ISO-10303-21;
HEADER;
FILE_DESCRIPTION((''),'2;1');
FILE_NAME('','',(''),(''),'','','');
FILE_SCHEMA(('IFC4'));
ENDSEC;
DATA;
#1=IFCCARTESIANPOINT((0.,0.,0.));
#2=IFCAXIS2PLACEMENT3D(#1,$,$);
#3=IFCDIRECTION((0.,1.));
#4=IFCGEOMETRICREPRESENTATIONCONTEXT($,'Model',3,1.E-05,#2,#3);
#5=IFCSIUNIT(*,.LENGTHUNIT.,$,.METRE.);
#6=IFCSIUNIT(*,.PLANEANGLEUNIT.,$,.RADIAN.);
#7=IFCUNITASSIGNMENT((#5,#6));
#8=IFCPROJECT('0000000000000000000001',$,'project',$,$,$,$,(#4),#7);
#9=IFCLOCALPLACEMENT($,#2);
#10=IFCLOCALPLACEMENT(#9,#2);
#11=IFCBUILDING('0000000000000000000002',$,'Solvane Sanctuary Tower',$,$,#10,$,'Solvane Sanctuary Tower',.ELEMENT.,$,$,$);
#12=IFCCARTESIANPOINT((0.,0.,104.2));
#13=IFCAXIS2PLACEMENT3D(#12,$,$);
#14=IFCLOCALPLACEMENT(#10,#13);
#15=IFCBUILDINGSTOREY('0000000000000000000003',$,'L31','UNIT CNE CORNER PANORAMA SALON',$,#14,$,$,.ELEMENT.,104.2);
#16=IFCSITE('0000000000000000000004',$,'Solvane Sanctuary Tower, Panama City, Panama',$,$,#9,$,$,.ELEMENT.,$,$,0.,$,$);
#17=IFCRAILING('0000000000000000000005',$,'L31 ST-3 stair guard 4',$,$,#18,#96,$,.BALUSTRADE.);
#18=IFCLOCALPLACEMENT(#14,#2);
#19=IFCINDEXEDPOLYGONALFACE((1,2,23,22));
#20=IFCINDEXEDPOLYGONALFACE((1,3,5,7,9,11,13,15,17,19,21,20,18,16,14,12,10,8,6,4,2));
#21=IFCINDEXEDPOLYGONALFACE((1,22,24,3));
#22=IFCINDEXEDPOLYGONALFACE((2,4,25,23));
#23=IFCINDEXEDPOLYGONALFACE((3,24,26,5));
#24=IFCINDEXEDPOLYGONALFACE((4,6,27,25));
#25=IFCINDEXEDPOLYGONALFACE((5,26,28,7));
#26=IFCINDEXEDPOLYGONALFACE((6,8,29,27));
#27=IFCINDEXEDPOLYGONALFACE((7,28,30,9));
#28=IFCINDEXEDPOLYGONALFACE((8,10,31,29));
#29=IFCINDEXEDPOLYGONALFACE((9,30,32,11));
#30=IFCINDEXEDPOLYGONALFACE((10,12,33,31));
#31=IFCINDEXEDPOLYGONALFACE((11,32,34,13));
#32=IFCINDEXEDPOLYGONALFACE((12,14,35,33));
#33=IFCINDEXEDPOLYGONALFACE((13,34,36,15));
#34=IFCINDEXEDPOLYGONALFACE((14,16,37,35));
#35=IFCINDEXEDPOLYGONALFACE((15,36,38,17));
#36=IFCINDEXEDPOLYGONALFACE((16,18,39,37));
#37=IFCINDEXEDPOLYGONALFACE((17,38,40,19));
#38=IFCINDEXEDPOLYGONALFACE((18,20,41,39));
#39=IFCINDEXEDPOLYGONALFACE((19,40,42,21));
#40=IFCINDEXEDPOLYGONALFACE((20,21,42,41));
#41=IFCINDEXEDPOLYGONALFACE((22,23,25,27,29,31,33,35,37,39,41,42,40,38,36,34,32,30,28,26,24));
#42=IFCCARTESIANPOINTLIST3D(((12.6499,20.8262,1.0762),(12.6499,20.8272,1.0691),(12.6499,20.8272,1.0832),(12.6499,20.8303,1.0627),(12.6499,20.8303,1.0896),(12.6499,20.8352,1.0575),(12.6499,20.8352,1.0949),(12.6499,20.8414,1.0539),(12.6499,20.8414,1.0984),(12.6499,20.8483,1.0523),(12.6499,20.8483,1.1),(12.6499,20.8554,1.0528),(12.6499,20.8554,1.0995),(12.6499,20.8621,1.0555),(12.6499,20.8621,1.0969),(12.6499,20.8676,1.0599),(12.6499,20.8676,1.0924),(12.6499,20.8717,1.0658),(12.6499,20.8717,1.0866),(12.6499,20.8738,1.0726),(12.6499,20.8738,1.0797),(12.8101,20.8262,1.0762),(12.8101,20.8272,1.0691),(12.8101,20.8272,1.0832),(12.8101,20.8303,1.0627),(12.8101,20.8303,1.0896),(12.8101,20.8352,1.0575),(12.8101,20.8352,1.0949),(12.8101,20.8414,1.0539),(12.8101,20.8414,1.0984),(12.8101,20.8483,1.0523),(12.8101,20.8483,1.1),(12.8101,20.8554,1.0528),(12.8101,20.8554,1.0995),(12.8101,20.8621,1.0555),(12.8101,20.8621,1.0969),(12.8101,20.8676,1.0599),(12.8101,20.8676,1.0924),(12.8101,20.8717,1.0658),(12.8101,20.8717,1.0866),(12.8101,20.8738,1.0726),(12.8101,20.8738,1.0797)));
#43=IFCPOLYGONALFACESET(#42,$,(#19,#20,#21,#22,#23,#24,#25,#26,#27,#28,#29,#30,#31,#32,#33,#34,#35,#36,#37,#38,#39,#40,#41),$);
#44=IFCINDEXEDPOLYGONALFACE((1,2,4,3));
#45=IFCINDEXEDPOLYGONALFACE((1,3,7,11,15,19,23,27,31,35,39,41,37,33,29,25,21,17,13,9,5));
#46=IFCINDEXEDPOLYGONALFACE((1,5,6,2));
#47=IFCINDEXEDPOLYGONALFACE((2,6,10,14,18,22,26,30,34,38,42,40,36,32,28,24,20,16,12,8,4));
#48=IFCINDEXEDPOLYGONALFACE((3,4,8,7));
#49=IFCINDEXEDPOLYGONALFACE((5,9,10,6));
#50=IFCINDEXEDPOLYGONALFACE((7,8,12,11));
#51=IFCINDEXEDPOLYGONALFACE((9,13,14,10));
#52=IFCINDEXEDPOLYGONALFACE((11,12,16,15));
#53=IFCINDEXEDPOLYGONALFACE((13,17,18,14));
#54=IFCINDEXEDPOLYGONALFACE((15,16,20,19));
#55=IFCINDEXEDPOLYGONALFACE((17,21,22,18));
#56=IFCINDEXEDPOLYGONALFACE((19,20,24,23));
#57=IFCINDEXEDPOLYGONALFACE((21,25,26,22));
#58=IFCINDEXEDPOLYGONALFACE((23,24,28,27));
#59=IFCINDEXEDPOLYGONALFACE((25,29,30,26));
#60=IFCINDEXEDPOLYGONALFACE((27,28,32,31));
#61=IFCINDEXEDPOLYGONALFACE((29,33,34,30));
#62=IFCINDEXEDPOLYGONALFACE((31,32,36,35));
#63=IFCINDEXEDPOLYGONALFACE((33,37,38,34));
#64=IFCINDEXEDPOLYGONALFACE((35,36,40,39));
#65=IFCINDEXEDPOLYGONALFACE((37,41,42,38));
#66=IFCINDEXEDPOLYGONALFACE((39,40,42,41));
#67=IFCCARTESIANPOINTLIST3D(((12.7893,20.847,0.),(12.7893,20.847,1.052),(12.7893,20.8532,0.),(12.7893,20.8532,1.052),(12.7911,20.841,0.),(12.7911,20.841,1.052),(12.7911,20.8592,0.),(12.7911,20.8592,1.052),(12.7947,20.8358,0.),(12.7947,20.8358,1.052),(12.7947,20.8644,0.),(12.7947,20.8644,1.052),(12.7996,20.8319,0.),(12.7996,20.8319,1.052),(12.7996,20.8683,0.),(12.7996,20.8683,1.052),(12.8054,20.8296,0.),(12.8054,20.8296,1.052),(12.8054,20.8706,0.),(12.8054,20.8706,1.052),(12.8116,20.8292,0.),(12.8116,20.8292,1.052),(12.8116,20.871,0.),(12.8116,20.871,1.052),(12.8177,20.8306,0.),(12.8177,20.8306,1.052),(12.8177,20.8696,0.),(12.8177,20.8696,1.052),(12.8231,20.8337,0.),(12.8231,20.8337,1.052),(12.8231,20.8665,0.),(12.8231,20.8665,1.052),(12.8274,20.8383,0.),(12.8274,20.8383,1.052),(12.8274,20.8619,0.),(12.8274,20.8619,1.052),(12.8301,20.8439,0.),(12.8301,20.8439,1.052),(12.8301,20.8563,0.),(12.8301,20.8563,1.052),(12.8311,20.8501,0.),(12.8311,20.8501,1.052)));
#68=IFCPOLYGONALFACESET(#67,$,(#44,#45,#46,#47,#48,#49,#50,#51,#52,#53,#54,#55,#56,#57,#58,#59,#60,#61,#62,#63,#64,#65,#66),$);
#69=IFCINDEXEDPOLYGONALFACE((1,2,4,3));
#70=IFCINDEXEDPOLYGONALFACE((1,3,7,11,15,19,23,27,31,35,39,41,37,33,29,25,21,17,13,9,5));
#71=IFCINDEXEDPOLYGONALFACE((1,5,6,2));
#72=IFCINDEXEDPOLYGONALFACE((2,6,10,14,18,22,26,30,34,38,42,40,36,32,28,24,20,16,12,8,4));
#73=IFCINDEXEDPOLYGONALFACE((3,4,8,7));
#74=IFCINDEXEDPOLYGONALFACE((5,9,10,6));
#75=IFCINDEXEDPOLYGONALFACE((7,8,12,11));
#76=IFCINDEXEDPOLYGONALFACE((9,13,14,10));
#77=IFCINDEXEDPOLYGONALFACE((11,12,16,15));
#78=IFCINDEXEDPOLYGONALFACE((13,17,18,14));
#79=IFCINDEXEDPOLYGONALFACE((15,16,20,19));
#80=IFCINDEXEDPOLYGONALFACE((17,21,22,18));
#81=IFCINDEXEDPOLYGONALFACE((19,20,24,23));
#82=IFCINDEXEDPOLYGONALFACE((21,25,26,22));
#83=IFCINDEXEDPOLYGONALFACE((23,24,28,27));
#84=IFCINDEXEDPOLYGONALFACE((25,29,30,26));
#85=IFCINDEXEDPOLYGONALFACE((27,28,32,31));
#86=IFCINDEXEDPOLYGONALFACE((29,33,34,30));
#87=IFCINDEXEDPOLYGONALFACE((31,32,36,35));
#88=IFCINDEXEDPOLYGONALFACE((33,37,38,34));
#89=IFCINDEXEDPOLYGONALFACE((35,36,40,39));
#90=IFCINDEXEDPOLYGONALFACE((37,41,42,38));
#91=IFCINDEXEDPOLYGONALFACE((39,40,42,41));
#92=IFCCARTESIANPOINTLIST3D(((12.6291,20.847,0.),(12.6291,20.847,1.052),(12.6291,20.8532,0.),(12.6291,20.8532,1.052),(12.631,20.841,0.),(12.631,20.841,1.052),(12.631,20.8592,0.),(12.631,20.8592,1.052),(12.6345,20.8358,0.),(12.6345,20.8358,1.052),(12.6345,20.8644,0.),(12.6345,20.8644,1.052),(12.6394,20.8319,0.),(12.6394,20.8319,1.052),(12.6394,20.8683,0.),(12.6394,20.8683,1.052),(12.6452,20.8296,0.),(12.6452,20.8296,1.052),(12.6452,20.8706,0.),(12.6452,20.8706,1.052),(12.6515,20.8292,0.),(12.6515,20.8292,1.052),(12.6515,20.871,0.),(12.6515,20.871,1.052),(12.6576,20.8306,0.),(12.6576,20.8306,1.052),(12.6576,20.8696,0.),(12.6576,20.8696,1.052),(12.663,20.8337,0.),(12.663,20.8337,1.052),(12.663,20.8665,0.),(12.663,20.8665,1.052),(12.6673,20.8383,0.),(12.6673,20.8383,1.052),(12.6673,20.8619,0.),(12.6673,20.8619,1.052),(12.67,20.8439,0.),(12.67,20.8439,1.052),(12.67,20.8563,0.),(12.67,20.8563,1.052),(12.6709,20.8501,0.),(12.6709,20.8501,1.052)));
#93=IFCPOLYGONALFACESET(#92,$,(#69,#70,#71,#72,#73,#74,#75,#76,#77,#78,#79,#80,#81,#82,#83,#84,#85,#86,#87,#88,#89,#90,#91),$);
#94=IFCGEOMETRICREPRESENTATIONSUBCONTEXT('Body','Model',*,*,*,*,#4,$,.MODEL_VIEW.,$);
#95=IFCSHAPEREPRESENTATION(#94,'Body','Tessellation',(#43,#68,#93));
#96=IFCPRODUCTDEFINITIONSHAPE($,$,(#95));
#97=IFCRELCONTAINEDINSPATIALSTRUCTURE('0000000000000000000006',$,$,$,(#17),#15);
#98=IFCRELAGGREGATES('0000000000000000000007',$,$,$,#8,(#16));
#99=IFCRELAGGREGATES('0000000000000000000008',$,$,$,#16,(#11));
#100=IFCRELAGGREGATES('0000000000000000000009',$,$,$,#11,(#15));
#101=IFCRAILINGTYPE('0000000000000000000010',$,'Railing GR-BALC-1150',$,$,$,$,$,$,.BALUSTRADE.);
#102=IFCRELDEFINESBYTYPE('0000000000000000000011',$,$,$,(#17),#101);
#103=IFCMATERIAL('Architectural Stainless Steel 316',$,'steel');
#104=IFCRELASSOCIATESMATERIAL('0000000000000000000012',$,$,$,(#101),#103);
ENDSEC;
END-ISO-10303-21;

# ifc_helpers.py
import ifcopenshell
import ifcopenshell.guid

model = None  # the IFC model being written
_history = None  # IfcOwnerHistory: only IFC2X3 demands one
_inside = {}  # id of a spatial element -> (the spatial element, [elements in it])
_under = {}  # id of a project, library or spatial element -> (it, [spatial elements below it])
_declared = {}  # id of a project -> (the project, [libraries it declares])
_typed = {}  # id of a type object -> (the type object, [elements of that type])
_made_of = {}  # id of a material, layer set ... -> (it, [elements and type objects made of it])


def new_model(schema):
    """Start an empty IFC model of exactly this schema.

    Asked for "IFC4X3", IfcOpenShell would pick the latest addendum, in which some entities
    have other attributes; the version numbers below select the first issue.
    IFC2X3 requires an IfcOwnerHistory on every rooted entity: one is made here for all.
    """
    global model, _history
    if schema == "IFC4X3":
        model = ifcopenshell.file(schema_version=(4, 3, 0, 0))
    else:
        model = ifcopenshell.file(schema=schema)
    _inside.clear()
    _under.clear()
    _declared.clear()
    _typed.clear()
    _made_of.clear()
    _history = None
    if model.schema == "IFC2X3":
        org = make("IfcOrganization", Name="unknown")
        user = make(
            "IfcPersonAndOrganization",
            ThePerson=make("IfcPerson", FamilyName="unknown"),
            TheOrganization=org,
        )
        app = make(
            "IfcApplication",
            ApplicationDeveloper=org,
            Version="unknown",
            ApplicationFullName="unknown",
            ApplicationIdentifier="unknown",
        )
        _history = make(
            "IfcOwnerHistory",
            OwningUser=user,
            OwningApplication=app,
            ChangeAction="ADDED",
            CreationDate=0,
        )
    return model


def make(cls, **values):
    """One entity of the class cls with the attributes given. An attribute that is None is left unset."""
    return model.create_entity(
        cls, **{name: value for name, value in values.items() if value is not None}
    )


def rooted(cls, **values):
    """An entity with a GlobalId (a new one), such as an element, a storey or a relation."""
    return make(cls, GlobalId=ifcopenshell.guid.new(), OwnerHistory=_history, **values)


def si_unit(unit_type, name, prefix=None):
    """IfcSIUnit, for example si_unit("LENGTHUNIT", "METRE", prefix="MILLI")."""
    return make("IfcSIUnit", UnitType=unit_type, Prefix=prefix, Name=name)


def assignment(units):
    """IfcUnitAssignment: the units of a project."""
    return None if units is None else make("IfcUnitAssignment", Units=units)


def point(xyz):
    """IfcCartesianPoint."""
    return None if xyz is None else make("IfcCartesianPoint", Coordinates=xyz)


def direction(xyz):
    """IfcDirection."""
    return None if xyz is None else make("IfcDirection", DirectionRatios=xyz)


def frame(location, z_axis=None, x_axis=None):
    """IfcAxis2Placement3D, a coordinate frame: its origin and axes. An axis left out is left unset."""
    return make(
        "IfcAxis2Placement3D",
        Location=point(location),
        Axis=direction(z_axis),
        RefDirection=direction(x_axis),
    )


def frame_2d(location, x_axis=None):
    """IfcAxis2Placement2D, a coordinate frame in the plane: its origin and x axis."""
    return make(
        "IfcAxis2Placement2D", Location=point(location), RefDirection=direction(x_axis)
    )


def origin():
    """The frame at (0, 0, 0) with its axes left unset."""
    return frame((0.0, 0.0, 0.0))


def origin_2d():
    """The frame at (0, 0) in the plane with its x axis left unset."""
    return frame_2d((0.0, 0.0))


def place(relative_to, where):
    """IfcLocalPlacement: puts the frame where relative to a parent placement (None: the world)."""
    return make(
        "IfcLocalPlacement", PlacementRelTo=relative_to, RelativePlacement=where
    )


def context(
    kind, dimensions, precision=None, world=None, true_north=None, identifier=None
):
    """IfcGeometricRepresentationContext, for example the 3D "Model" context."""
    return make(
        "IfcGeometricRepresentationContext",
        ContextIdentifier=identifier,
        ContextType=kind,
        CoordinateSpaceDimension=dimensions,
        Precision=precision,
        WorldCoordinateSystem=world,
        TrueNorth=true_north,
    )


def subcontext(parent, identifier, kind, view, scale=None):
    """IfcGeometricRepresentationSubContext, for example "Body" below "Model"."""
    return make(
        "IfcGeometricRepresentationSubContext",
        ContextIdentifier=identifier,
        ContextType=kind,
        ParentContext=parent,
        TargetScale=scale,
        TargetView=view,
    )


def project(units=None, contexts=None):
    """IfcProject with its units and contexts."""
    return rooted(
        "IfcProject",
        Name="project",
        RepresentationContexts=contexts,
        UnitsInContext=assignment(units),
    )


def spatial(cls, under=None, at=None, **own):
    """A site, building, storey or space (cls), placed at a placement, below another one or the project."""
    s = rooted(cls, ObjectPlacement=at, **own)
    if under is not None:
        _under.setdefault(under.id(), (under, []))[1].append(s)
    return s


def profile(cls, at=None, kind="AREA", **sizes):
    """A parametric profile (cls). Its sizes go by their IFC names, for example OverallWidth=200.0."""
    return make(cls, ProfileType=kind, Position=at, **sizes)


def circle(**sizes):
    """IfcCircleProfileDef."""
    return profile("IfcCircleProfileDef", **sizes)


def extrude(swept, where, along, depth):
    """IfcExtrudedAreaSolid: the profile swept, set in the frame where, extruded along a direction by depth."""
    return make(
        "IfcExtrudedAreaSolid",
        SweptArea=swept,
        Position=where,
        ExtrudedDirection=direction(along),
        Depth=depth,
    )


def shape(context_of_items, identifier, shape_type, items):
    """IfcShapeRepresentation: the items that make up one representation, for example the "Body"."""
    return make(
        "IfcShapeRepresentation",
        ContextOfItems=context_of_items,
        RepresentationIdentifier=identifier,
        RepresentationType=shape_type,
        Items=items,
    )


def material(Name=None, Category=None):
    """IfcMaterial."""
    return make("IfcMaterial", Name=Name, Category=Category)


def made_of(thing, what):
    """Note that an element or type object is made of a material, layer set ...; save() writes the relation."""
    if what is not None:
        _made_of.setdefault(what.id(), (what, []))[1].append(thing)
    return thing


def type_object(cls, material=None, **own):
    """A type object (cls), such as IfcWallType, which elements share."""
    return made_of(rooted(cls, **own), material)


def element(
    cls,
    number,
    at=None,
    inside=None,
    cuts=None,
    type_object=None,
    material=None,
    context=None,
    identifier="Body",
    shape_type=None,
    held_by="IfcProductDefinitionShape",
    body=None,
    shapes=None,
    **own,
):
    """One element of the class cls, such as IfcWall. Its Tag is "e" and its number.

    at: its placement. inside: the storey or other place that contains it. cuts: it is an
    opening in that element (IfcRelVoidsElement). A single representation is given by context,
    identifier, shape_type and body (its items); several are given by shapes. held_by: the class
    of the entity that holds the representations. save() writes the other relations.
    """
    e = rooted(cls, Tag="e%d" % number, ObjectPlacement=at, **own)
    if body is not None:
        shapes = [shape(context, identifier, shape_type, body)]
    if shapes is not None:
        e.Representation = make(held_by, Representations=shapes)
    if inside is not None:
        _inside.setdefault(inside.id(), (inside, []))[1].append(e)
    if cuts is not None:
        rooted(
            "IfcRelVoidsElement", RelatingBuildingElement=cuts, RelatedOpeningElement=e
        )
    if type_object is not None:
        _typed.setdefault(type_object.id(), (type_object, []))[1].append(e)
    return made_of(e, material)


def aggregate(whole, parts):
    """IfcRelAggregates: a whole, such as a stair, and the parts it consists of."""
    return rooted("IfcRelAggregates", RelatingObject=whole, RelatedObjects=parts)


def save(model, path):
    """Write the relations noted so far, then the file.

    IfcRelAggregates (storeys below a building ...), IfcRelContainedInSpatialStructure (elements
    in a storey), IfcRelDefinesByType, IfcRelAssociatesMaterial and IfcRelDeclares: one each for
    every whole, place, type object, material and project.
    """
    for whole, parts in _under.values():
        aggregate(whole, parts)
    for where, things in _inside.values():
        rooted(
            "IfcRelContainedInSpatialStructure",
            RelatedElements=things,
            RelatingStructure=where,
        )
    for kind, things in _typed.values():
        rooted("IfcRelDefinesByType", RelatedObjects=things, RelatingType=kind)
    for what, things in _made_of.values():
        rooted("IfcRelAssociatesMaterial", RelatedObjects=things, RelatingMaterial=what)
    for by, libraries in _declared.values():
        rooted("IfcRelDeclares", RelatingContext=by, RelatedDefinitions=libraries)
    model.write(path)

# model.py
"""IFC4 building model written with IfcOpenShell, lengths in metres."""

from ifc_helpers import new_model, si_unit, direction, frame, origin, origin_2d, place, context, subcontext, project, spatial, circle, extrude, material, type_object, element, save


model = new_model("IFC4")

# Units and contexts
model_context = context("Model", 3, precision=1e-05, world=origin(), true_north=direction((0.0, 1.0)))
body_context = subcontext(model_context, "Body", "Model", "MODEL_VIEW")
ifc_project = project(units=[si_unit("LENGTHUNIT", "METRE"), si_unit("PLANEANGLEUNIT", "RADIAN")], contexts=[model_context])

# Site, building, storey
site_placement = place(None, origin())
site = spatial("IfcSite", under=ifc_project, at=site_placement, Name="Solvane Sanctuary Tower, Panama City, Panama", CompositionType="ELEMENT", RefElevation=0.0)
building_placement = place(site_placement, origin())
building = spatial("IfcBuilding", under=site, at=building_placement, Name="Solvane Sanctuary Tower", LongName="Solvane Sanctuary Tower", CompositionType="ELEMENT")
storey_placement = place(building_placement, frame((0.0, 0.0, 104.2)))
storey = spatial("IfcBuildingStorey", under=building, at=storey_placement, Name="L31", Description="UNIT CNE CORNER PANORAMA SALON", CompositionType="ELEMENT", Elevation=104.2)

# Railing
ifc_material_1 = material(Name="Architectural Stainless Steel 316", Category="steel")
railing_type_1 = type_object("IfcRailingType", Name="Railing GR-BALC-1150", PredefinedType="BALUSTRADE", material=ifc_material_1)
railing_1_placement = place(storey_placement, frame((12.8101, 20.8501, 0.0)))
element("IfcRailing", 1, at=railing_1_placement, inside=storey, type_object=railing_type_1, Name="L31 ST-3 stair guard 4", PredefinedType="BALUSTRADE", context=body_context, shape_type="SweptSolid", body=[
    extrude(circle(Radius=0.0239, at=origin_2d()), frame((0.0, 0.0, 1.0762), z_axis=(-1.0, 0.0, 0.0), x_axis=(0.0, -1.0, 0.0)), (0.0, 0.0, 1.0), 0.1602),
    extrude(circle(Radius=0.021, at=origin_2d()), origin(), (0.0, 0.0, 1.0), 1.052),
    extrude(circle(Radius=0.021, at=origin_2d()), frame((-0.1602, 0.0, 0.0)), (0.0, 0.0, 1.0), 1.052),
])

save(model, "model.ifc")
